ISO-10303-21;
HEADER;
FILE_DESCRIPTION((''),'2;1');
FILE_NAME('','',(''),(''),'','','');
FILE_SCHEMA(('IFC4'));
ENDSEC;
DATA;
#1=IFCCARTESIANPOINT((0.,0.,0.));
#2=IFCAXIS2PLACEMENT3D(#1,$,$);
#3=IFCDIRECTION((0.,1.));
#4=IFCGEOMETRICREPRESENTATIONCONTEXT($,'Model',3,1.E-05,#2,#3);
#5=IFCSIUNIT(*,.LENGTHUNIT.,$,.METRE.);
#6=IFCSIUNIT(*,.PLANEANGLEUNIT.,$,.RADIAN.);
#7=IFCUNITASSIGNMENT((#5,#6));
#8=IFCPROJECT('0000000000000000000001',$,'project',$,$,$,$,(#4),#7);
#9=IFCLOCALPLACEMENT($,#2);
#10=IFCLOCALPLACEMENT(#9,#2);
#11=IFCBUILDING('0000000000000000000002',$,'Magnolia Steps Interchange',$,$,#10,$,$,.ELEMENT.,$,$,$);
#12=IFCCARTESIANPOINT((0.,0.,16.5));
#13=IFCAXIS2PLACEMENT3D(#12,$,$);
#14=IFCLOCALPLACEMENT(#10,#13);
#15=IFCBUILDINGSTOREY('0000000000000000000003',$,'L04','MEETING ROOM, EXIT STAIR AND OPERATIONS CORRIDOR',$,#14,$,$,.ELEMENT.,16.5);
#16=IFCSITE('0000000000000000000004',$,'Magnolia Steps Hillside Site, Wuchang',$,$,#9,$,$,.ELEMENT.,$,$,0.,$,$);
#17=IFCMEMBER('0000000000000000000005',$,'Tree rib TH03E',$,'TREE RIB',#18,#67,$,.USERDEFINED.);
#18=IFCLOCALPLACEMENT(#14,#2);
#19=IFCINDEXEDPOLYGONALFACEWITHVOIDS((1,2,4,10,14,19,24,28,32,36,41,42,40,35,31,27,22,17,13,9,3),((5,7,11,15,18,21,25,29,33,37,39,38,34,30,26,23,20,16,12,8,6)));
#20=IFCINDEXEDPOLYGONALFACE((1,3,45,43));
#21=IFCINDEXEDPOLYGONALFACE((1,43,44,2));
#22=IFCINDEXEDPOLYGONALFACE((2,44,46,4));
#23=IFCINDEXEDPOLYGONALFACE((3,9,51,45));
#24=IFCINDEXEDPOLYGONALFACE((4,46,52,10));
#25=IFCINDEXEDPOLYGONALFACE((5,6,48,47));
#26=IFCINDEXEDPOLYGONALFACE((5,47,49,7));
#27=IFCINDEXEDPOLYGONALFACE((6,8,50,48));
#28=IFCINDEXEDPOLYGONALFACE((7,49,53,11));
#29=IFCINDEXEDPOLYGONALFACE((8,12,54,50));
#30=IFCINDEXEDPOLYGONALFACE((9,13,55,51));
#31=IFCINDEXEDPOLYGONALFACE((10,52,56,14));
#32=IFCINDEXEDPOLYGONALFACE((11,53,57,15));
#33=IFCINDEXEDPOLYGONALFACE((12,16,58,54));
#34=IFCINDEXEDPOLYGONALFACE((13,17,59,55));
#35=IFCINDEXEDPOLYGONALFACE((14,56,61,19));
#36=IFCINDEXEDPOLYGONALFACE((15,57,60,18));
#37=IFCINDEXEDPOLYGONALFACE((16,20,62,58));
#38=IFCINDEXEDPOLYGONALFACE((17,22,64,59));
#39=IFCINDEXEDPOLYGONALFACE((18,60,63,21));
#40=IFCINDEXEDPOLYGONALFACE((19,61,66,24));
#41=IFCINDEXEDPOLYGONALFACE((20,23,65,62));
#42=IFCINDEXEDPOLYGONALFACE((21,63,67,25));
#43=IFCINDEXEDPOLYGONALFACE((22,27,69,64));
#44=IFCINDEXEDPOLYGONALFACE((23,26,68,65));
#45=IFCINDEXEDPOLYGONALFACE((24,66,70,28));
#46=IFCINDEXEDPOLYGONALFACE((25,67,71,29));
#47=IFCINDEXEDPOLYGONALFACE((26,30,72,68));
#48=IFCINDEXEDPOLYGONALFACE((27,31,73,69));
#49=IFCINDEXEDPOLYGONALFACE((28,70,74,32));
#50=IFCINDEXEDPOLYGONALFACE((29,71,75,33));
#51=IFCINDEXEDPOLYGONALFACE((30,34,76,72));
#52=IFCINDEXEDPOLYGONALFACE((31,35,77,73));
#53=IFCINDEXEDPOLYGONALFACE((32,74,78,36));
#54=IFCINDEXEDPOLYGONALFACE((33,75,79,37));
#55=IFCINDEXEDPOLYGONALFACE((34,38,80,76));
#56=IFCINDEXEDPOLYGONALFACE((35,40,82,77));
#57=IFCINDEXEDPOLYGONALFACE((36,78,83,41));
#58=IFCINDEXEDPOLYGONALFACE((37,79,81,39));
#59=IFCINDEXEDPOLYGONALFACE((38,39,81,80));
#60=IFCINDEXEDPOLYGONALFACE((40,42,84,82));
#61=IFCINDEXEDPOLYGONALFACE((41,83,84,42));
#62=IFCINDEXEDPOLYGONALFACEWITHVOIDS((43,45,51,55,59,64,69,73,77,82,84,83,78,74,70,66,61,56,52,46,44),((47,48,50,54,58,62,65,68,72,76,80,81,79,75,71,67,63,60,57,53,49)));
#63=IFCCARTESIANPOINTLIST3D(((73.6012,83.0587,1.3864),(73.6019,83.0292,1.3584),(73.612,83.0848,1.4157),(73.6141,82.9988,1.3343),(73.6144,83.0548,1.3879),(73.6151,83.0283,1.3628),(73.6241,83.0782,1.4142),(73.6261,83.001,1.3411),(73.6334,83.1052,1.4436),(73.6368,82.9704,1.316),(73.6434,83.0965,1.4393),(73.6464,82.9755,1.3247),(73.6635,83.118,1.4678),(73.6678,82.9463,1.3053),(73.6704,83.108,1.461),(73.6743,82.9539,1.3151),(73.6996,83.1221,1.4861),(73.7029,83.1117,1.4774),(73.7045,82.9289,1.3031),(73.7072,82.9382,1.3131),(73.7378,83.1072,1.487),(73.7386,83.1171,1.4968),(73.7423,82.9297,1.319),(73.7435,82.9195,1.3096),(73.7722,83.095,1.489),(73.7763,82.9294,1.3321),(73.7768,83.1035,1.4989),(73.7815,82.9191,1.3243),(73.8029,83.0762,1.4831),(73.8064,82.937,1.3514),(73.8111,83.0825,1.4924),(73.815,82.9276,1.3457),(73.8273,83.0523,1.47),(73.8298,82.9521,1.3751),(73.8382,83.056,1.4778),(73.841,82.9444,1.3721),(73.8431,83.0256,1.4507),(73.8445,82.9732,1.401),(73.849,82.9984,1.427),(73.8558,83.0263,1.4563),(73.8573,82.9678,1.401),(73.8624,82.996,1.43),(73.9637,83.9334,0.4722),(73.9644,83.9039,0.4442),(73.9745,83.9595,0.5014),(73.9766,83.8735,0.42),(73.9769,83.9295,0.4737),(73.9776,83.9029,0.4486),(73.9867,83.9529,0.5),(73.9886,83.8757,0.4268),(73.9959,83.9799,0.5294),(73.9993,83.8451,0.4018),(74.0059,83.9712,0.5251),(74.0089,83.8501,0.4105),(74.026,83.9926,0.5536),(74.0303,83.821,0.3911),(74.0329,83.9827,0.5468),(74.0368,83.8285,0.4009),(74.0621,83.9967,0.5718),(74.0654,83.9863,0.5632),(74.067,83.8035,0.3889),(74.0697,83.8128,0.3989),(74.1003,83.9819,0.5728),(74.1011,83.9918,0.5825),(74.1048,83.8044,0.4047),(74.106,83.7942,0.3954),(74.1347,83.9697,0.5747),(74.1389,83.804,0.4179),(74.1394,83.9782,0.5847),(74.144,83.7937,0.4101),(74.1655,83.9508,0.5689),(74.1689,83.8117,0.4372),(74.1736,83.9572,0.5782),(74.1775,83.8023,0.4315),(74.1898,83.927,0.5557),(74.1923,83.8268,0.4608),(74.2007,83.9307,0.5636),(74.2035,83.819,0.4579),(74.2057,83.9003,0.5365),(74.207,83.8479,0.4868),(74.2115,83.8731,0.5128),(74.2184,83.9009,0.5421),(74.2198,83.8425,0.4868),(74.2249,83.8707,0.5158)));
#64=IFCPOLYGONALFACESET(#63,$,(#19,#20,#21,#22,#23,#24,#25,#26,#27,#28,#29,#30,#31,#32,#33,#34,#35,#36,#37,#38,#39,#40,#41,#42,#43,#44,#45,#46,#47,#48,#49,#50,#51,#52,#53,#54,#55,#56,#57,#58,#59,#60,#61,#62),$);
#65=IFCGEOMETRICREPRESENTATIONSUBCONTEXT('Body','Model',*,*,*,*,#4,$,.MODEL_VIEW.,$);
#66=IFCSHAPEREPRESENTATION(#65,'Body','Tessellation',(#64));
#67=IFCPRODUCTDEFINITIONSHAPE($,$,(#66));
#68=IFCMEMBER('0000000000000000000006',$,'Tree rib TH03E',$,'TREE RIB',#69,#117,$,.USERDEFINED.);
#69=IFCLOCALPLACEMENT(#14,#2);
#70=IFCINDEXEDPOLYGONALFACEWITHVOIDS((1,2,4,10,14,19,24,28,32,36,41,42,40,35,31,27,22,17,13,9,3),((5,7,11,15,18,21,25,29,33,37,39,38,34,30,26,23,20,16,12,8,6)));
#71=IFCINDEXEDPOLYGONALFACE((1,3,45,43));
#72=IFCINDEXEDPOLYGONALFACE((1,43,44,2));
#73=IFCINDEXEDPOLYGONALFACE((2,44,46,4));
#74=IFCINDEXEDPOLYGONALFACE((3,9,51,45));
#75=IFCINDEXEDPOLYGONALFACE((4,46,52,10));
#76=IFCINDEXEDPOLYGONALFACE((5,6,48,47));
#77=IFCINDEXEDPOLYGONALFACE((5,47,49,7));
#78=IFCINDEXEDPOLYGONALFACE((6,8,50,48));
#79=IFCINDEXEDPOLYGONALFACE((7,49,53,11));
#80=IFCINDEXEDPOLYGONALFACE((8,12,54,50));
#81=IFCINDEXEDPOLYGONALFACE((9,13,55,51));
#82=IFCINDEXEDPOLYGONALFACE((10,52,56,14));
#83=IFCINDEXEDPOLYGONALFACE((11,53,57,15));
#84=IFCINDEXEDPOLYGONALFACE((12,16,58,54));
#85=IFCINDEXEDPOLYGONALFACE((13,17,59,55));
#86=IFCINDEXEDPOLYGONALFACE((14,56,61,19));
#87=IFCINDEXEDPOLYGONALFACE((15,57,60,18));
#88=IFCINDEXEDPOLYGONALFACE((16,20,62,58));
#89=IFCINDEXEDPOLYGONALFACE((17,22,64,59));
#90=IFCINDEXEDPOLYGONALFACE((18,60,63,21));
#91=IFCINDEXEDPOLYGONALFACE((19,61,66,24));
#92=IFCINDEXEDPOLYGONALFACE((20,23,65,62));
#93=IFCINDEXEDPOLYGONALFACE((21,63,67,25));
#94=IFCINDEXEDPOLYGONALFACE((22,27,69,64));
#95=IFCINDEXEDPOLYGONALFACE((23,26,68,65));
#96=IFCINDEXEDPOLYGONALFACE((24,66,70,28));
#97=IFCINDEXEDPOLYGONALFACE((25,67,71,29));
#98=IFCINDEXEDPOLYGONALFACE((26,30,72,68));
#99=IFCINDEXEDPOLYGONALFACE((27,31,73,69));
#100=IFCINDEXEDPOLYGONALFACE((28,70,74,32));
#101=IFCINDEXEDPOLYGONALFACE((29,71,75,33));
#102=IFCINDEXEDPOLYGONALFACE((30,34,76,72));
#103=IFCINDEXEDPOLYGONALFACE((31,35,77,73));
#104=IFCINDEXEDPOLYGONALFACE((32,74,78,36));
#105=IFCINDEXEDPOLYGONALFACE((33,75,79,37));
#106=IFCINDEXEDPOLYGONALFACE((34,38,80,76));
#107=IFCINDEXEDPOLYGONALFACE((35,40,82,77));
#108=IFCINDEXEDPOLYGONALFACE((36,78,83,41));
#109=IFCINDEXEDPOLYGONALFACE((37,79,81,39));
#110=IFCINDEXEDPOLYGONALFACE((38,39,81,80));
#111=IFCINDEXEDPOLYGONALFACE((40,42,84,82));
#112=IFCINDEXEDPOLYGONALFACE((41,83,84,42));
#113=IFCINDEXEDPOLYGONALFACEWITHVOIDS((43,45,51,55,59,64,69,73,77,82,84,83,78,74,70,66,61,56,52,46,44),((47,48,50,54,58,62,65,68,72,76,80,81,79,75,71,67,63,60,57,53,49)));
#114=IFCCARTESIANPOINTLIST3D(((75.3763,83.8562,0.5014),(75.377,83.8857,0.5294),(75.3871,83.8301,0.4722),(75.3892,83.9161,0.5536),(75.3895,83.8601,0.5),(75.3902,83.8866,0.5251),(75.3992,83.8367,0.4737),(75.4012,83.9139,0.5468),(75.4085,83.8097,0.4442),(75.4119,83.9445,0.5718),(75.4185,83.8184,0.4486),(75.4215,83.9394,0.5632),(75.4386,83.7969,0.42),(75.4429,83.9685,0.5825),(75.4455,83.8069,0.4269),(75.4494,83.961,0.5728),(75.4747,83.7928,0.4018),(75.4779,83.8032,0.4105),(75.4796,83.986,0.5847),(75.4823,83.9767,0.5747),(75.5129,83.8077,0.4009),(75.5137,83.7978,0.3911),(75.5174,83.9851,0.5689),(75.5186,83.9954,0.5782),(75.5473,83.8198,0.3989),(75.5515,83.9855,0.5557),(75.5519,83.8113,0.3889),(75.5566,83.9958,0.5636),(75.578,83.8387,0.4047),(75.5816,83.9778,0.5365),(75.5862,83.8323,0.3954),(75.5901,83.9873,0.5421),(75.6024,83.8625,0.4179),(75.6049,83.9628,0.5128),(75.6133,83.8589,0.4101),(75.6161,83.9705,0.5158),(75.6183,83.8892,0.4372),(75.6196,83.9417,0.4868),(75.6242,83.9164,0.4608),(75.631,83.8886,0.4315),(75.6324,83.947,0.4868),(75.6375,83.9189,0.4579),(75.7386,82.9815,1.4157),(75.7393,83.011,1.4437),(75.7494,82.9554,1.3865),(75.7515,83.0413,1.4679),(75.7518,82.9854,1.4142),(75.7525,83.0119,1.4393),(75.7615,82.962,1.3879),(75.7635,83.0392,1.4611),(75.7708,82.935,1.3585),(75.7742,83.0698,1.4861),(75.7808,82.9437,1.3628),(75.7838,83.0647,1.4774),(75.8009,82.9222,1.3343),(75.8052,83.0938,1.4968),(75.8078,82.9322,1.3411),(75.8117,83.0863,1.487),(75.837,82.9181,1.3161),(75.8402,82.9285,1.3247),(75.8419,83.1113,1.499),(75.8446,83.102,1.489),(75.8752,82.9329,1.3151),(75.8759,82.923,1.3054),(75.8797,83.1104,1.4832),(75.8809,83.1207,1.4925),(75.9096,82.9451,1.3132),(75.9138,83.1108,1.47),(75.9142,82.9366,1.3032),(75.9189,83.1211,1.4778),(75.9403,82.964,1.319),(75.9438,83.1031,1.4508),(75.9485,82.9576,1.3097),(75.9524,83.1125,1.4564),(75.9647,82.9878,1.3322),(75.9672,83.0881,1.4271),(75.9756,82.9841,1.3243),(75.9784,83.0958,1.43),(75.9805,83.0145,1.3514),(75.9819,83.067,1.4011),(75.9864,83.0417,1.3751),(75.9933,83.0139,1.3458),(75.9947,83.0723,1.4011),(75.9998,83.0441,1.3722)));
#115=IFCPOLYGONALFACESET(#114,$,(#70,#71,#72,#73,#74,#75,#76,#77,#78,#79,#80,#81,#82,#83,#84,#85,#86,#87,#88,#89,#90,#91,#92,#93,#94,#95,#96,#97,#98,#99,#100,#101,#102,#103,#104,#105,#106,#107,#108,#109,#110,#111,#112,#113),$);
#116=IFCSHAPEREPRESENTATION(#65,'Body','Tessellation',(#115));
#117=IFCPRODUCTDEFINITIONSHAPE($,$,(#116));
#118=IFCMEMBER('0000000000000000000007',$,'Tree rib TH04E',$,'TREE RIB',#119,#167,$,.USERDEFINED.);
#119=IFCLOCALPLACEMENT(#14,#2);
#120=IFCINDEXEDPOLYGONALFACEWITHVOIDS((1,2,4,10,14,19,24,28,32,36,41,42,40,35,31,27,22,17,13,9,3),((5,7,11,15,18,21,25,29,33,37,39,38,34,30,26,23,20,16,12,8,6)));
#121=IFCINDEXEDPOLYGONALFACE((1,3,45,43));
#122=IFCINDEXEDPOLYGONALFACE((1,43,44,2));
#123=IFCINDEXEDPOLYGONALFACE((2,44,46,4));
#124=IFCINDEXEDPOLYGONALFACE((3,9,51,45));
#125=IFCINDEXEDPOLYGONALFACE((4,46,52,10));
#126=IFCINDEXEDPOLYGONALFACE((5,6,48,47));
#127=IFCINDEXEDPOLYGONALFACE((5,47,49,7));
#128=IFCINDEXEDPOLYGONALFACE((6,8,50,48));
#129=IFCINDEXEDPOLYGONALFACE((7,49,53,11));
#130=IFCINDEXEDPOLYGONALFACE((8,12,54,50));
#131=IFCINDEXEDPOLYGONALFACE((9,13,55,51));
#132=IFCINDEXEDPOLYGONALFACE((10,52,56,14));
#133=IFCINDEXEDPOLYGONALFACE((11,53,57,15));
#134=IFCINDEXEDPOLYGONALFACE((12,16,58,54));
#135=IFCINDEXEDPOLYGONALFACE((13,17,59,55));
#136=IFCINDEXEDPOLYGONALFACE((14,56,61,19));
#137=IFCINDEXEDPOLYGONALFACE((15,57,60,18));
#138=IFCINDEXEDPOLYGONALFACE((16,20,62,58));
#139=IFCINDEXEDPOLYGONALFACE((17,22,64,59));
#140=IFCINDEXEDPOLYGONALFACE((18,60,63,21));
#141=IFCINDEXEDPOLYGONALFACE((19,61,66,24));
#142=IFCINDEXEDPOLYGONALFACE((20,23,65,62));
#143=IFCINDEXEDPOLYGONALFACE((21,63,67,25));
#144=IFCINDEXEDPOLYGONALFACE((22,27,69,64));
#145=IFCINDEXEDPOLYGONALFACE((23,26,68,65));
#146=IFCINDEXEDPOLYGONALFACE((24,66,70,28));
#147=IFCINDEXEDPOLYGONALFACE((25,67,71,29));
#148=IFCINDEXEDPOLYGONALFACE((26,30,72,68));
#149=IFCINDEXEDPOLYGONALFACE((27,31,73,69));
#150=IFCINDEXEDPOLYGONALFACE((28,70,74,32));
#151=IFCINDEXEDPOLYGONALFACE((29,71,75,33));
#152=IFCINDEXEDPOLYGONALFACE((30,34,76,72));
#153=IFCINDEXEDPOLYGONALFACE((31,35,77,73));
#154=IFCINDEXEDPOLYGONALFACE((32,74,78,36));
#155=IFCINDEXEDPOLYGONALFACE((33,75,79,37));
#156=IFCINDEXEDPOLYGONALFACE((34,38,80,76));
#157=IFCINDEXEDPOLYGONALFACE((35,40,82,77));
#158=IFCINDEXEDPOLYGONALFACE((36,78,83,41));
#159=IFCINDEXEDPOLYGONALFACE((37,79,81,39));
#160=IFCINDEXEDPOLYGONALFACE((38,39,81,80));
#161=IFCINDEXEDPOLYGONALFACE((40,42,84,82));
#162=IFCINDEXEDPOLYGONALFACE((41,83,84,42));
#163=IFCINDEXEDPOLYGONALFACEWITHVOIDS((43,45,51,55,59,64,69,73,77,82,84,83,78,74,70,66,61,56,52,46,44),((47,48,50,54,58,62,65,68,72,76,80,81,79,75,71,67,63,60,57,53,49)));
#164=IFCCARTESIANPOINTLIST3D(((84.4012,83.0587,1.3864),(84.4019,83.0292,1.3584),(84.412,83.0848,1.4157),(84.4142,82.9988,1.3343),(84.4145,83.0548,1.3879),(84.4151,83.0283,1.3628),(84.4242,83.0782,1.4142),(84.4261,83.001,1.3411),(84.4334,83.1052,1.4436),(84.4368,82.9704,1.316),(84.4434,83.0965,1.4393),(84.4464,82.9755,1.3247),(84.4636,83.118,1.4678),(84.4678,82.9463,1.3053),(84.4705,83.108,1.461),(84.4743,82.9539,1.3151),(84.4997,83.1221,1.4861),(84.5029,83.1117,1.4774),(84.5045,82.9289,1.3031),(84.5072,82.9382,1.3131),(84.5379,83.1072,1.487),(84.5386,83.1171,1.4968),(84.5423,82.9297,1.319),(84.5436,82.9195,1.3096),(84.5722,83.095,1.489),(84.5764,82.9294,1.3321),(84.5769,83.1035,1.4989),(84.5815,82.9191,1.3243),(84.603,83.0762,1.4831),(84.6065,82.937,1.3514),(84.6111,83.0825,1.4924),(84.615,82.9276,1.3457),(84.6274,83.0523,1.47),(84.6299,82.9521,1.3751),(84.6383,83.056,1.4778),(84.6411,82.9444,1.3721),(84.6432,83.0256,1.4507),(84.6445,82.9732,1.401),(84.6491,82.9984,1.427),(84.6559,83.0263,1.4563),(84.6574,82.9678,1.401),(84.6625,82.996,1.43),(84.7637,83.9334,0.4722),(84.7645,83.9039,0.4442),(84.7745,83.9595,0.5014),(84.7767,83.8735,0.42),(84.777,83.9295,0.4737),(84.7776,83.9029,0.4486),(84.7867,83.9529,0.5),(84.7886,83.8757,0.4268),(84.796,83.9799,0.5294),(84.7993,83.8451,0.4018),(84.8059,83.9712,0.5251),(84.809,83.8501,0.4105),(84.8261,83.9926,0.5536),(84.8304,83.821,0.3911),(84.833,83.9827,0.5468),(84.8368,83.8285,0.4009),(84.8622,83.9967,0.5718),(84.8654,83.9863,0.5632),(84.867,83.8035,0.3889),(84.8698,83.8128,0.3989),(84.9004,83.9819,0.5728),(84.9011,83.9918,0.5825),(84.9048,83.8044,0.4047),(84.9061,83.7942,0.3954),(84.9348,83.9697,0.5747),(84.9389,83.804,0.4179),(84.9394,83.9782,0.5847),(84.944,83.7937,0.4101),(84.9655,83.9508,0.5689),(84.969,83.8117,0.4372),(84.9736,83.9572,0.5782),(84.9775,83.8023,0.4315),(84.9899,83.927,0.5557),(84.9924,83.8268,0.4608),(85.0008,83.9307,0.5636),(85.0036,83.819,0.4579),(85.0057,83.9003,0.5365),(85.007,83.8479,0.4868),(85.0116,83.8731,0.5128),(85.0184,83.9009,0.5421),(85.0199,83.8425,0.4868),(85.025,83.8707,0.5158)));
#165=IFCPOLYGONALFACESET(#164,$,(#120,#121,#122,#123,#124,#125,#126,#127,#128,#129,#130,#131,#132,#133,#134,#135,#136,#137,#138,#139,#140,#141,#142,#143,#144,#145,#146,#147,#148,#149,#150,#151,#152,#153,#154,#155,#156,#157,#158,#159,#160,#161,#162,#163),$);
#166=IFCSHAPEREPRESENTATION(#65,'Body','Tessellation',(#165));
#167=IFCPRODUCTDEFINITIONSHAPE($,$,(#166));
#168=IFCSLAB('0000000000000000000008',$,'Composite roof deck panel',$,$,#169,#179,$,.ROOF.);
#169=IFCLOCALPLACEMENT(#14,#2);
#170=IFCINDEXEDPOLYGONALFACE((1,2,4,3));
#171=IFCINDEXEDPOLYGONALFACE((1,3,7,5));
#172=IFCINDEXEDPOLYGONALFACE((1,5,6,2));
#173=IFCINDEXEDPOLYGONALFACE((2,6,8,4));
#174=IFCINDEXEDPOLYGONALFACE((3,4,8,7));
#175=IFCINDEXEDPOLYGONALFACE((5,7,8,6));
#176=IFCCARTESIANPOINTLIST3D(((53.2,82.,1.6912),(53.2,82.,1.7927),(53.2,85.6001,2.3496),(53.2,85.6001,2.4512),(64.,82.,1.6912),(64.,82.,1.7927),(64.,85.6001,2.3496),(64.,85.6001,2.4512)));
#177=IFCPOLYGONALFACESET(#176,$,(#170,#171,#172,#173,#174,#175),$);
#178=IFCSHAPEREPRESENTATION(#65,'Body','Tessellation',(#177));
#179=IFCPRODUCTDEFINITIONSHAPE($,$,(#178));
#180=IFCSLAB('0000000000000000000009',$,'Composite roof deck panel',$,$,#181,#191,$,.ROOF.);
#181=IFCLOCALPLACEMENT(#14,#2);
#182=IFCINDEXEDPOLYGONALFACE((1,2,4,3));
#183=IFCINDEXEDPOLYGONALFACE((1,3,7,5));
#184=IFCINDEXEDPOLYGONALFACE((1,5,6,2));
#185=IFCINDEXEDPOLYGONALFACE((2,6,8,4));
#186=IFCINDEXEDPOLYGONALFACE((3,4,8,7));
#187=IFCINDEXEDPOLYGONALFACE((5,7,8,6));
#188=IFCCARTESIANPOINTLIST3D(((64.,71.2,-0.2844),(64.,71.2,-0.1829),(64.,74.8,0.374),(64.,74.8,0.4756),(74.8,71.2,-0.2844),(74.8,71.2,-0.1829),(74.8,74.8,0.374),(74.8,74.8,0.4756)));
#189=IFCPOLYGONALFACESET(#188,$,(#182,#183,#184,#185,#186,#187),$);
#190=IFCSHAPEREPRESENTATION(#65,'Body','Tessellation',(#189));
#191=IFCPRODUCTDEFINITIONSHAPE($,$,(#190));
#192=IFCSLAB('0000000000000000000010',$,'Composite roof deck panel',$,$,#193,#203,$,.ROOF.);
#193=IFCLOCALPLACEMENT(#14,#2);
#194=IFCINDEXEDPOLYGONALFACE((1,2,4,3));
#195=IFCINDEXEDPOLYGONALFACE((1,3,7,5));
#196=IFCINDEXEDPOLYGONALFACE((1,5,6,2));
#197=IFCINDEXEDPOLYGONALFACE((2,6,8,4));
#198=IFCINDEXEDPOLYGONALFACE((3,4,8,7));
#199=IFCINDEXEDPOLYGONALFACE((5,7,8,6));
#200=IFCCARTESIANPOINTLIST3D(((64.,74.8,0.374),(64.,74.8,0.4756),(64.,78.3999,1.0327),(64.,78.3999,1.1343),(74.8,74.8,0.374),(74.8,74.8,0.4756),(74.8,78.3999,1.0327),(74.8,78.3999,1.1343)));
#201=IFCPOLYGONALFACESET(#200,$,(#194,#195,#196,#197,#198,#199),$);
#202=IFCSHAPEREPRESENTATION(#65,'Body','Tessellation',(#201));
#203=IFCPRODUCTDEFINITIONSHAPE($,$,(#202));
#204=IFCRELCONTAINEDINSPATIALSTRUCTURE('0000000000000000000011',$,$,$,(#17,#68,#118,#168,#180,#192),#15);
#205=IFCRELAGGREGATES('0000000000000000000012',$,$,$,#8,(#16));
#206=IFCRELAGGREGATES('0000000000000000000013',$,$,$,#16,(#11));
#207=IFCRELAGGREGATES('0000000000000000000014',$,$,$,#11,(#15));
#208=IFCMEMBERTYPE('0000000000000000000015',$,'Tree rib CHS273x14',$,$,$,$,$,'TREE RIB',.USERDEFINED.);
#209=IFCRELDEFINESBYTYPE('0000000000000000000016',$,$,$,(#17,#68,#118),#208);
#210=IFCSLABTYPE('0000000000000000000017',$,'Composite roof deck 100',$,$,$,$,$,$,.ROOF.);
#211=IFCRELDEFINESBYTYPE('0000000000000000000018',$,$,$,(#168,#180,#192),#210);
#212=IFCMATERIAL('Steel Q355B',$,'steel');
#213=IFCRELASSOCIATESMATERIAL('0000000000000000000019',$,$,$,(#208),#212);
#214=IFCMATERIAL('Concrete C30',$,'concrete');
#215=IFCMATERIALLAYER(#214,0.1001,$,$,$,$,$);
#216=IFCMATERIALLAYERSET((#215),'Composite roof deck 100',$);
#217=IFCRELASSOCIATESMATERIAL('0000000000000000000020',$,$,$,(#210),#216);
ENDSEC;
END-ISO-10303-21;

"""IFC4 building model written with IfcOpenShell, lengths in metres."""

from ifc_helpers import new_model, si_unit, direction, frame, origin, origin_2d, place, context, subcontext, project, spatial, polyline, hollow_circle, outline, extrude, material, layer, layer_set, material_profile, profile_set, type_object, element, save


model = new_model("IFC4")

# Units and contexts
model_context = context("Model", 3, precision=1e-05, world=origin(), true_north=direction((0.0, 1.0)))
body_context = subcontext(model_context, "Body", "Model", "MODEL_VIEW")
ifc_project = project(units=[si_unit("LENGTHUNIT", "METRE"), si_unit("PLANEANGLEUNIT", "RADIAN")], contexts=[model_context])

# Site, building, storey
site_placement = place(None, origin())
site = spatial("IfcSite", under=ifc_project, at=site_placement, Name="Magnolia Steps Hillside Site, Wuchang", CompositionType="ELEMENT", RefElevation=0.0)
building_placement = place(site_placement, origin())
building = spatial("IfcBuilding", under=site, at=building_placement, Name="Magnolia Steps Interchange", CompositionType="ELEMENT")
storey_placement = place(building_placement, frame((0.0, 0.0, 16.5)))
storey = spatial("IfcBuildingStorey", under=building, at=storey_placement, Name="L04", Description="MEETING ROOM, EXIT STAIR AND OPERATIONS CORRIDOR", CompositionType="ELEMENT", Elevation=16.5)

# Members
ifc_material_1 = material(Name="Steel Q355B", Category="steel")
ifc_material_profile_1 = material_profile(ifc_material_1, hollow_circle(Radius=0.1365, WallThickness=0.0139, at=origin_2d()), Name="CHS273x14")
ifc_profile_set_1 = profile_set([ifc_material_profile_1], Name="Steel Q355B")
member_type_1 = type_object("IfcMemberType", Name="Tree rib CHS273x14", ElementType="TREE RIB", PredefinedType="USERDEFINED", material=ifc_profile_set_1)
for number, where, z_axis, x_axis, name in (
    (1, (74.0938, 83.8948, 0.4868), (-0.275434, -0.664566, 0.694613), (0.9238, -0.382876, 0.0), "Tree rib TH03E"),
    (2, (75.5063, 83.8948, 0.4868), (0.275263, -0.6646, 0.694649), (0.923891, 0.382655, 0.0), "Tree rib TH03E"),
    (3, (84.8938, 83.8948, 0.4868), (-0.275434, -0.664566, 0.694613), (0.9238, -0.382876, 0.0), "Tree rib TH04E"),
):
    element("IfcMember", number, at=place(storey_placement, frame(where, z_axis=z_axis, x_axis=x_axis)), inside=storey, type_object=member_type_1, Name=name, ObjectType="TREE RIB", PredefinedType="USERDEFINED", context=body_context, shape_type="SweptSolid", body=[
        extrude(hollow_circle(Radius=0.1365, WallThickness=0.0139, at=origin_2d()), origin(), (0.0, 0.0, 1.0), 1.3162),
    ])

# Slabs
ifc_material_2 = material(Name="Concrete C30", Category="concrete")
ifc_layer = layer(ifc_material_2, 0.1001)
ifc_layer_set = layer_set([ifc_layer], Name="Composite roof deck 100")
slab_type = type_object("IfcSlabType", Name="Composite roof deck 100", PredefinedType="ROOF", material=ifc_layer_set)
for number, where, z_axis, x_axis, name in (
    (4, (64.0, 82.0, 1.7927), (0.0, -0.179913, 0.983683), (0.0, 0.983683, 0.179913), "Composite roof deck panel"),
    (5, (74.8, 71.2, -0.1829), (0.0, -0.179913, 0.983683), (0.0, 0.983683, 0.179913), "Composite roof deck panel"),
):
    element("IfcSlab", number, at=place(storey_placement, frame(where, z_axis=z_axis, x_axis=x_axis)), inside=storey, type_object=slab_type, Name=name, PredefinedType="ROOF", context=body_context, shape_type="SweptSolid", body=[
        extrude(outline(polyline([(0.0, 0.0), (3.6598, 0.0), (3.6598, 10.8), (0.0, 10.8), (0.0, 0.0)])), origin(), (-0.179913, 0.0, -0.983683), 0.1016),
    ])
slab_1_placement = place(storey_placement, frame((74.8, 74.8, 0.4756), z_axis=(0.0, -0.179989, 0.983669), x_axis=(0.0, 0.983669, 0.179989)))
element("IfcSlab", 6, at=slab_1_placement, inside=storey, type_object=slab_type, Name="Composite roof deck panel", PredefinedType="ROOF", context=body_context, shape_type="SweptSolid", body=[
    extrude(outline(polyline([(0.0, 0.0), (3.6596, 0.0), (3.6596, 10.8), (0.0, 10.8), (0.0, 0.0)])), origin(), (-0.179989, 0.0, -0.983669), 0.1016),
])

save(model, "model.ifc")
